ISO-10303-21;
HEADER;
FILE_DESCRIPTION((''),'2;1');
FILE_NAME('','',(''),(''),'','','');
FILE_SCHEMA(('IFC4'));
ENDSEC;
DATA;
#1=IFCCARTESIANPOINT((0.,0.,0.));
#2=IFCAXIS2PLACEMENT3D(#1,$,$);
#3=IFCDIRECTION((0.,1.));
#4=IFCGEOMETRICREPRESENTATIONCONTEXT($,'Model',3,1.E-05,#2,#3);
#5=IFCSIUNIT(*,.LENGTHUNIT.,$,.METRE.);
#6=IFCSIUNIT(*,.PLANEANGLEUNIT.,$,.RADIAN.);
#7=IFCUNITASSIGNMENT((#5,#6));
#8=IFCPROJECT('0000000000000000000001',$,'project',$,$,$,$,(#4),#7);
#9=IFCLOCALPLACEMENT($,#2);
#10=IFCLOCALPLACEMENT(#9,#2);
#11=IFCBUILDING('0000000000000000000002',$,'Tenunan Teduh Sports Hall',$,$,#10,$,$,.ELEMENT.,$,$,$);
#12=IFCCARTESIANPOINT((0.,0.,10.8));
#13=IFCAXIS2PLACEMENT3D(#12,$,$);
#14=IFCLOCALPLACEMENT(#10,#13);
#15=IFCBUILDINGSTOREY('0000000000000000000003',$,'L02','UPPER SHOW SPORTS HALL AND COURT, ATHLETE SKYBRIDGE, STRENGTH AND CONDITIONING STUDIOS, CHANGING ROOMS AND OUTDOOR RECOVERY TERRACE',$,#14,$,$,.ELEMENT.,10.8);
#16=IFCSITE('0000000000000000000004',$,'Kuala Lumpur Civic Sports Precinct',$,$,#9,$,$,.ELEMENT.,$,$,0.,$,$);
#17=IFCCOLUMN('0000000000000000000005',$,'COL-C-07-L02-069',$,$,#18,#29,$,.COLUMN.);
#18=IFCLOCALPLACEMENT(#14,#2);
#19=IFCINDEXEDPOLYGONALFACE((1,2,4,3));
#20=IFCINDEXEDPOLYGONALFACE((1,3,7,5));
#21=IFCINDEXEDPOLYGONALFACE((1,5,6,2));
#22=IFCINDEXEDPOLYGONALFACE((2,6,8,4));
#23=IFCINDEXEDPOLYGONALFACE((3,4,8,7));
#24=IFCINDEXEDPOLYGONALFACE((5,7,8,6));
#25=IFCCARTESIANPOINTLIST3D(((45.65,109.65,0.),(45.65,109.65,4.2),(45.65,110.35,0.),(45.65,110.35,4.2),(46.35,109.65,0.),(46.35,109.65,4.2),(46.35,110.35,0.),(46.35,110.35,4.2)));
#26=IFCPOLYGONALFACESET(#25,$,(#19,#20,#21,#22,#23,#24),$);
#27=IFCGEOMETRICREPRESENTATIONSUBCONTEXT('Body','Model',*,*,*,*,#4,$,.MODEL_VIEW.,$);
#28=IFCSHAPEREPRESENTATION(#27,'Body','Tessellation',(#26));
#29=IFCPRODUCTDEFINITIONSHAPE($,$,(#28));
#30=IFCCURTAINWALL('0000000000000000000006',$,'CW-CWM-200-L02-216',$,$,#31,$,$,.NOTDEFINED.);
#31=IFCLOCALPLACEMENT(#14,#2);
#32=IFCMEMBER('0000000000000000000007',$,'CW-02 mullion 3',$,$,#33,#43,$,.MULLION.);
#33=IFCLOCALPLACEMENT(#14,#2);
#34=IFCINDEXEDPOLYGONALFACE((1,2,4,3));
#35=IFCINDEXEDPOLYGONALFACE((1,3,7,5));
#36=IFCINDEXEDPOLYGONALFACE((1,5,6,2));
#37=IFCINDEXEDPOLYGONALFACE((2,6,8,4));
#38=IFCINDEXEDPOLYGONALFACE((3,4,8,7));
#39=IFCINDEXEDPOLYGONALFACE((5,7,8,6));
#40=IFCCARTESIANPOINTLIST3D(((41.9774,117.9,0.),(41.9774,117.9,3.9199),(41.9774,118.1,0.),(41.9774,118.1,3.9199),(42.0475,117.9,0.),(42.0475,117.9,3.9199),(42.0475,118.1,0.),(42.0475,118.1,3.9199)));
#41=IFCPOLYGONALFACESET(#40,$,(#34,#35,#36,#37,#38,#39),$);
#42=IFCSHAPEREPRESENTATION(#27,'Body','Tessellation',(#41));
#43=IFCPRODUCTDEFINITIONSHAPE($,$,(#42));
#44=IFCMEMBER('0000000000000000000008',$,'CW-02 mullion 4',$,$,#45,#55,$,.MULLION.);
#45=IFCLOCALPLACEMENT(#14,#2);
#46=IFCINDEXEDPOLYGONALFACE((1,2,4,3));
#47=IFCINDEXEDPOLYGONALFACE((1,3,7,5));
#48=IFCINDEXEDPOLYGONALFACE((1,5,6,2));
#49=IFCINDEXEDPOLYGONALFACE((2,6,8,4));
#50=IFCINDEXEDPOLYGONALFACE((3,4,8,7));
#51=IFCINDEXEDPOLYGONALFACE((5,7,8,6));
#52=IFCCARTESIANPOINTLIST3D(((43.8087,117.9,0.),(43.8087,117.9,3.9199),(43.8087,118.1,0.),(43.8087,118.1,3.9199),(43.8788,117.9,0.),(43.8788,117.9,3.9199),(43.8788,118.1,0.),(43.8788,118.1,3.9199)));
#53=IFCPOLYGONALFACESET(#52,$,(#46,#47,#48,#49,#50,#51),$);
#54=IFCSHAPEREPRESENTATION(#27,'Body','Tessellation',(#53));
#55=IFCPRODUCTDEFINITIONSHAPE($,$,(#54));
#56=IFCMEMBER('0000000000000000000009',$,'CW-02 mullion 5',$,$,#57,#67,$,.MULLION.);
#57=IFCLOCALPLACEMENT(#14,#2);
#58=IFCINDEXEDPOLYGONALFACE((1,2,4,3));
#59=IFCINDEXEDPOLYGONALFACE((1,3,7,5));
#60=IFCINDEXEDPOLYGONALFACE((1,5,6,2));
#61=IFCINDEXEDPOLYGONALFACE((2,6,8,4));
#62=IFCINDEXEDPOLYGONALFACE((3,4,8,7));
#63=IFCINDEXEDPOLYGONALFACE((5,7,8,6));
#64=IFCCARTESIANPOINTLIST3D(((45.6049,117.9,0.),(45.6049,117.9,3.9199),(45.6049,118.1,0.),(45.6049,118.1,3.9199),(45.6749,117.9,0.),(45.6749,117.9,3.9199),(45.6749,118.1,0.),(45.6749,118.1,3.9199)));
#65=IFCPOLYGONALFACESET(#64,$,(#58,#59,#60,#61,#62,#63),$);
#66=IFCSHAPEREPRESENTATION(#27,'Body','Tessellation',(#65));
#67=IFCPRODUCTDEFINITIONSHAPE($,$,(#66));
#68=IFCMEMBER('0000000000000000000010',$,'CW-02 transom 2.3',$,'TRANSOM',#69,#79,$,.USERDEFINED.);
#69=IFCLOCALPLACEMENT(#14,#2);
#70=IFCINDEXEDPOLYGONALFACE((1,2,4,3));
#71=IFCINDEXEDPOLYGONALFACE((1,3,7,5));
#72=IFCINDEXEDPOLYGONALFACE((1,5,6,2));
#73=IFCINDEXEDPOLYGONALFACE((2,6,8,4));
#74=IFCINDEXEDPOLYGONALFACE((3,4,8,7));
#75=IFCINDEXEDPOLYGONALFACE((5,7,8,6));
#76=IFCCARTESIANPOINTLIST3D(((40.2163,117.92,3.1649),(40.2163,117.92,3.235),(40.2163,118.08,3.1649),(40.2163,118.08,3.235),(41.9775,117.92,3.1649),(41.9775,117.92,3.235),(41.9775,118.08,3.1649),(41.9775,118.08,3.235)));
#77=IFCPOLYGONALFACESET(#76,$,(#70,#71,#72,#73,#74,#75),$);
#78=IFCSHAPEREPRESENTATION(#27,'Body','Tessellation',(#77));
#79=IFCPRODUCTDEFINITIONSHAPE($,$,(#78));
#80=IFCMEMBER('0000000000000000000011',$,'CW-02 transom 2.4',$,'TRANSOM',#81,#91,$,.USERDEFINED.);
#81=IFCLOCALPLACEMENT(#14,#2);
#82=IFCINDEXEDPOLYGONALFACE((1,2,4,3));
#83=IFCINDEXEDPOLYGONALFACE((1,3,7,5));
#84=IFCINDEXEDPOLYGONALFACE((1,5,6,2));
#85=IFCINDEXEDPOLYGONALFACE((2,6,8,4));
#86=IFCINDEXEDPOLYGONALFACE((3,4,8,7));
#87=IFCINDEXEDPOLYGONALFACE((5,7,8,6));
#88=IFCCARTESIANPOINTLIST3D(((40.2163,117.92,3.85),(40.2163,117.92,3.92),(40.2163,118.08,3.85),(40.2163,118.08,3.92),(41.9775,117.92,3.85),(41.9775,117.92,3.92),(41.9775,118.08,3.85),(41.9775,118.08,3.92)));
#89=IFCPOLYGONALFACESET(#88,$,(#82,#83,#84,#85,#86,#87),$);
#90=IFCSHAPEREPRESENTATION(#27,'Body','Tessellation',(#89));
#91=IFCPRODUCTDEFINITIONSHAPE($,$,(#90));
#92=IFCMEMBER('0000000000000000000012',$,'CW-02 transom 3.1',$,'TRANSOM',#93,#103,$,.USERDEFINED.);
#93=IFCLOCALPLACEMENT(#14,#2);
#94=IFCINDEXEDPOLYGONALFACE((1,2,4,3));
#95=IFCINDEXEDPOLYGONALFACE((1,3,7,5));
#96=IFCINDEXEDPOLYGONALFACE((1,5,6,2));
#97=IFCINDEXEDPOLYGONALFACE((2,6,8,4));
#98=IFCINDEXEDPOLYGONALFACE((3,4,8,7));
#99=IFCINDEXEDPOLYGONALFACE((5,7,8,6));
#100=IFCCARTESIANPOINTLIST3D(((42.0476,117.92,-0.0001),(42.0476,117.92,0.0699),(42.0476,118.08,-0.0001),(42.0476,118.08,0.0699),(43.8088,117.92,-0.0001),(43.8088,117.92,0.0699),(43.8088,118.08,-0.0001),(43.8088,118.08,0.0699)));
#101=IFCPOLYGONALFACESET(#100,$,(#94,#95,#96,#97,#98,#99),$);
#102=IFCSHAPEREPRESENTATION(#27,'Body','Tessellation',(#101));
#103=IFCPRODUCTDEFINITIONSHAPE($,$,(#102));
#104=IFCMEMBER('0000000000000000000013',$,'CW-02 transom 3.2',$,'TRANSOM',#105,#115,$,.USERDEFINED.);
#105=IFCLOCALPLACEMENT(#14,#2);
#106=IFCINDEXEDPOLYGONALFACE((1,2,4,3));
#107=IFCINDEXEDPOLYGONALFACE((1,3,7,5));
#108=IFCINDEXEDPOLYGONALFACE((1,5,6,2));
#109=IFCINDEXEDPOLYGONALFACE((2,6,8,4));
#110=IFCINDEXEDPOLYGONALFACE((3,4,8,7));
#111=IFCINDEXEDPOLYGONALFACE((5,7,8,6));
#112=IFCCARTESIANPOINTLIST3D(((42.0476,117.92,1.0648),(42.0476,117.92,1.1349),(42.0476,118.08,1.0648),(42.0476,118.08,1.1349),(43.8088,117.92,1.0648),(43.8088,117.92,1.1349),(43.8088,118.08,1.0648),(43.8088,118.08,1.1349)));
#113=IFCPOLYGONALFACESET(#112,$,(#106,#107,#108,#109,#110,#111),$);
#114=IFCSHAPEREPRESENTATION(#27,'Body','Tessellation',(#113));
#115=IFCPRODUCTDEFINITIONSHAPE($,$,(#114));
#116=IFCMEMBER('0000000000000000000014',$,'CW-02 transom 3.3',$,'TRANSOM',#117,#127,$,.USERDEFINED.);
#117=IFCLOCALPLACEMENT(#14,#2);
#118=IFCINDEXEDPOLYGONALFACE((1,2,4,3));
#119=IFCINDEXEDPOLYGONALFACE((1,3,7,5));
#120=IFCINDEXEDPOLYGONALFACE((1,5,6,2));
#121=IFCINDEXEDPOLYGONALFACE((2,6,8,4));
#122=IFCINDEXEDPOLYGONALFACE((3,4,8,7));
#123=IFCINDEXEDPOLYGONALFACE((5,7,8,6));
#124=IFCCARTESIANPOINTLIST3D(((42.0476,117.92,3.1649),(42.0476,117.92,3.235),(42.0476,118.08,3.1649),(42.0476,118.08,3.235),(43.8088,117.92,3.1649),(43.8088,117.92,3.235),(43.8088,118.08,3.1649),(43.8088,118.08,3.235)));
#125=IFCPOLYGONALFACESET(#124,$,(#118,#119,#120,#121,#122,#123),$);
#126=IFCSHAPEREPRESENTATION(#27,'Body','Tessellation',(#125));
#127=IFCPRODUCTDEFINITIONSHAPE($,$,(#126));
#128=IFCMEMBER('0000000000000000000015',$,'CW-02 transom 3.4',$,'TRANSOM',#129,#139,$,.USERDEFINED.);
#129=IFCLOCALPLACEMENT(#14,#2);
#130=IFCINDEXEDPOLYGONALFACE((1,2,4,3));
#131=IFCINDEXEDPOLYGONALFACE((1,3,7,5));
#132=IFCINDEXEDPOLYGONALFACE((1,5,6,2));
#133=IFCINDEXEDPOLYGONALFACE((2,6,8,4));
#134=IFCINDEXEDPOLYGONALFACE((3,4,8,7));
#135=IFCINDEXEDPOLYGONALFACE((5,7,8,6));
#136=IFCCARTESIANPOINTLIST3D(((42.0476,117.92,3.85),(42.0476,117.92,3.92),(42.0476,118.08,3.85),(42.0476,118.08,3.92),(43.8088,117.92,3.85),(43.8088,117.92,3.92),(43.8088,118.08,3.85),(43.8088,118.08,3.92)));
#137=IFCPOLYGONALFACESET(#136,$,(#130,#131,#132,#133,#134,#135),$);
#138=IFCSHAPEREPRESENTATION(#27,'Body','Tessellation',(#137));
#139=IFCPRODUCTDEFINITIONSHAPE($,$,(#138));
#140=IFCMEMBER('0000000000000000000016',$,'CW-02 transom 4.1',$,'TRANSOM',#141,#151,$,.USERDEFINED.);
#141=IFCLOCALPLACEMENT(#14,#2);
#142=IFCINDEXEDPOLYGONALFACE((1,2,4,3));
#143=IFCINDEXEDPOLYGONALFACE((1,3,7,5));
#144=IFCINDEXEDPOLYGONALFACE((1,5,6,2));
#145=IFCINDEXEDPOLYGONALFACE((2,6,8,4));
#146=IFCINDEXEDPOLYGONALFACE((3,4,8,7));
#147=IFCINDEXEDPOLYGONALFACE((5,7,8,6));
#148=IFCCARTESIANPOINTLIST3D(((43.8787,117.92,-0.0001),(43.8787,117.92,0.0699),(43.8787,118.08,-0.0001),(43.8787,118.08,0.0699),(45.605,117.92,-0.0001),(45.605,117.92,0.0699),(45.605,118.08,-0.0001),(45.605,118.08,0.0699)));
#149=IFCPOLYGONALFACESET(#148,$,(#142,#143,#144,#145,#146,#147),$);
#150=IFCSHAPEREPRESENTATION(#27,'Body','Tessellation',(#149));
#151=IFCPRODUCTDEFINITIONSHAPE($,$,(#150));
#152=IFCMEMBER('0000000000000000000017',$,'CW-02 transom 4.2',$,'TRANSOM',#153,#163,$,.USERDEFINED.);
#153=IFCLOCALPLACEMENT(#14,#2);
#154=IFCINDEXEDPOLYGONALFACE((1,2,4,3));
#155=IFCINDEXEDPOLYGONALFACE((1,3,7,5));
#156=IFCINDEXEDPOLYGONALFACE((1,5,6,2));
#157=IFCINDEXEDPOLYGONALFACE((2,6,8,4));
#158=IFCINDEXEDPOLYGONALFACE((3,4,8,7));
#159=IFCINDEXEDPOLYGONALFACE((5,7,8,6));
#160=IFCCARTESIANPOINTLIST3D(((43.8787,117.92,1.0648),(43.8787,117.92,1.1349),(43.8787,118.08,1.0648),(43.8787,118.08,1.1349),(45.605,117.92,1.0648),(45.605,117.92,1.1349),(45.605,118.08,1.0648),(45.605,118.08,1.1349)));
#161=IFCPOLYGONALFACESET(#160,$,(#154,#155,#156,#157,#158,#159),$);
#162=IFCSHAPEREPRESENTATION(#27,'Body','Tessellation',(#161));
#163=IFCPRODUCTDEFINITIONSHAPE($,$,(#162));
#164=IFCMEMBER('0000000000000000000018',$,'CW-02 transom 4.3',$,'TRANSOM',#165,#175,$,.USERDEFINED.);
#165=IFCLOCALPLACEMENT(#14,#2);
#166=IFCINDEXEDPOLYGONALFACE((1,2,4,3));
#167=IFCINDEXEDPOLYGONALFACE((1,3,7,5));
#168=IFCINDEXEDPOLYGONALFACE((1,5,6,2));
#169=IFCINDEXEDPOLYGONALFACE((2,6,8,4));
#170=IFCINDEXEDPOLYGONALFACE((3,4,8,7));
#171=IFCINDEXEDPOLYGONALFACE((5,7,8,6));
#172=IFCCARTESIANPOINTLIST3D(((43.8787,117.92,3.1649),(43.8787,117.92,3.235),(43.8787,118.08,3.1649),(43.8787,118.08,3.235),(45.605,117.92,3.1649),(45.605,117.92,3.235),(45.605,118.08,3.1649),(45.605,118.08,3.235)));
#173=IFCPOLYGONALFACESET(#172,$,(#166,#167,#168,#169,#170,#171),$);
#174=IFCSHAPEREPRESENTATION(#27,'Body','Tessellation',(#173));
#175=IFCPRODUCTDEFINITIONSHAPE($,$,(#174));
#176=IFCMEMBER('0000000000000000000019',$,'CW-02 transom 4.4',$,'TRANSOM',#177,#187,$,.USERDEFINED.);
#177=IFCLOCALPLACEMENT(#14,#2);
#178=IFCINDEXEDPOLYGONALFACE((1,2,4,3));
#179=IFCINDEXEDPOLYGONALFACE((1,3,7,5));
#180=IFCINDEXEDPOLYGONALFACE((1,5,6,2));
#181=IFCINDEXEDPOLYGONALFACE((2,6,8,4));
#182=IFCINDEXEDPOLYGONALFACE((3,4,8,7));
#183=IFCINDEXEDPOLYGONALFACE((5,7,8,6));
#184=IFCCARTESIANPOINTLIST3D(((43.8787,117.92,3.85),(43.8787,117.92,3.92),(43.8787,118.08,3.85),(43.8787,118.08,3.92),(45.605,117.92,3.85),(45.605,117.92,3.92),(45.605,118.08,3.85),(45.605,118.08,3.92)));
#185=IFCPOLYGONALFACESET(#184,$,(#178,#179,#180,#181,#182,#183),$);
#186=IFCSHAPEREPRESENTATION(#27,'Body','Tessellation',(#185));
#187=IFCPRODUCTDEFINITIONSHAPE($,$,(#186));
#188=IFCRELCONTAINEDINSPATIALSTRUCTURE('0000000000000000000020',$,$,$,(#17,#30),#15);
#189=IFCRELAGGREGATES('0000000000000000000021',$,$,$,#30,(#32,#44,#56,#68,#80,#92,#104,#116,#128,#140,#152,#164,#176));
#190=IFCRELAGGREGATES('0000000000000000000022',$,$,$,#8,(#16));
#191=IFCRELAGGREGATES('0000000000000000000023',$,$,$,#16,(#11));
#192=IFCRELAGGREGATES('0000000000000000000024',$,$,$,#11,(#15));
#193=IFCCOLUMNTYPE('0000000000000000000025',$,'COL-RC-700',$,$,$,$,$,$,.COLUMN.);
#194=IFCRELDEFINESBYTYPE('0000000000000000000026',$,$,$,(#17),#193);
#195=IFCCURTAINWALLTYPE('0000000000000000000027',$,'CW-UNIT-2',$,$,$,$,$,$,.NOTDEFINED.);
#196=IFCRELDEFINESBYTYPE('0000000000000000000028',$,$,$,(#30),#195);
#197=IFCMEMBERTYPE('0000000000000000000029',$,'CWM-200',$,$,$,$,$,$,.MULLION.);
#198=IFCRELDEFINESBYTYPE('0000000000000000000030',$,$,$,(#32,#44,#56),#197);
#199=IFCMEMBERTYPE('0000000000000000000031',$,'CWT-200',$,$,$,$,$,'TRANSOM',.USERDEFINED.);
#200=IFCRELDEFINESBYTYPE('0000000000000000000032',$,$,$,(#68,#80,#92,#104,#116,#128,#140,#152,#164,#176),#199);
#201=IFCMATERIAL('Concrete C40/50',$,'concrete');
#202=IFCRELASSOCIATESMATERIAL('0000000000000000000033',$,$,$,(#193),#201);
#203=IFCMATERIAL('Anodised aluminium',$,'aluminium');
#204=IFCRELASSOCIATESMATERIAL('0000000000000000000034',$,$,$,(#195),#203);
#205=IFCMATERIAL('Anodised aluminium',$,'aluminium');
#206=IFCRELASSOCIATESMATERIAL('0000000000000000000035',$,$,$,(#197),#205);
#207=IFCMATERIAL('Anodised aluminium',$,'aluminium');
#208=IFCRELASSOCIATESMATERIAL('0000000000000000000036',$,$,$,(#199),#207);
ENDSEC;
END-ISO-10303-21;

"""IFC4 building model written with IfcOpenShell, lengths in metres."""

from ifc_helpers import new_model, si_unit, direction, frame, origin, origin_2d, place, context, subcontext, project, spatial, rectangle, extrude, material, material_profile, profile_set, type_object, element, aggregate, save


model = new_model("IFC4")

# Units and contexts
model_context = context("Model", 3, precision=1e-05, world=origin(), true_north=direction((0.0, 1.0)))
body_context = subcontext(model_context, "Body", "Model", "MODEL_VIEW")
ifc_project = project(units=[si_unit("LENGTHUNIT", "METRE"), si_unit("PLANEANGLEUNIT", "RADIAN")], contexts=[model_context])

# Site, building, storey
site_placement = place(None, origin())
site = spatial("IfcSite", under=ifc_project, at=site_placement, Name="Kuala Lumpur Civic Sports Precinct", CompositionType="ELEMENT", RefElevation=0.0)
building_placement = place(site_placement, origin())
building = spatial("IfcBuilding", under=site, at=building_placement, Name="Tenunan Teduh Sports Hall", CompositionType="ELEMENT")
storey_placement = place(building_placement, frame((0.0, 0.0, 10.8)))
storey = spatial("IfcBuildingStorey", under=building, at=storey_placement, Name="L02", Description="UPPER SHOW SPORTS HALL AND COURT, ATHLETE SKYBRIDGE, STRENGTH AND CONDITIONING STUDIOS, CHANGING ROOMS AND OUTDOOR RECOVERY TERRACE", CompositionType="ELEMENT", Elevation=10.8)

# Column
ifc_material_1 = material(Name="Concrete C40/50", Category="concrete")
ifc_material_profile_1 = material_profile(ifc_material_1, rectangle(XDim=0.7, YDim=0.7, at=origin_2d()), Name="RC 700x700")
ifc_profile_set_1 = profile_set([ifc_material_profile_1], Name="Concrete C40/50")
column_type = type_object("IfcColumnType", Name="COL-RC-700", PredefinedType="COLUMN", material=ifc_profile_set_1)
column_placement = place(storey_placement, frame((46.0, 110.0, 0.0), z_axis=(0.0, 0.0, 1.0), x_axis=(1.0, 0.0, 0.0)))
element("IfcColumn", 1, at=column_placement, inside=storey, type_object=column_type, Name="COL-C-07-L02-069", PredefinedType="COLUMN", context=body_context, shape_type="SweptSolid", body=[
    extrude(rectangle(XDim=0.7, YDim=0.7, at=origin_2d()), origin(), (0.0, 0.0, 1.0), 4.2),
])

# Curtain wall, members
ifc_material_2 = material(Name="Anodised aluminium", Category="aluminium")
curtain_wall_type = type_object("IfcCurtainWallType", Name="CW-UNIT-2", PredefinedType="NOTDEFINED", material=ifc_material_2)
curtain_wall_placement = place(storey_placement, origin())
curtain_wall = element("IfcCurtainWall", 2, at=curtain_wall_placement, inside=storey, type_object=curtain_wall_type, Name="CW-CWM-200-L02-216", PredefinedType="NOTDEFINED")
ifc_material_3 = material(Name="Anodised aluminium", Category="aluminium")
ifc_material_profile_2 = material_profile(ifc_material_3, rectangle(XDim=0.0701, YDim=0.2, at=origin_2d()), Name="CWM 70x200")
ifc_profile_set_2 = profile_set([ifc_material_profile_2], Name="Anodised aluminium")
member_type_1 = type_object("IfcMemberType", Name="CWM-200", PredefinedType="MULLION", material=ifc_profile_set_2)
member_1_placement = place(storey_placement, frame((42.0125, 118.0, 0.0), z_axis=(0.0, 0.0, 1.0), x_axis=(1.0, 0.0, 0.0)))
member_1 = element("IfcMember", 3, at=member_1_placement, type_object=member_type_1, Name="CW-02 mullion 3", PredefinedType="MULLION", context=body_context, shape_type="SweptSolid", body=[
    extrude(rectangle(XDim=0.0701, YDim=0.2, at=origin_2d()), origin(), (0.0, 0.0, 1.0), 3.9199),
])
member_2_placement = place(storey_placement, frame((43.8438, 118.0, 0.0), z_axis=(0.0, 0.0, 1.0), x_axis=(1.0, 0.0, 0.0)))
member_2 = element("IfcMember", 4, at=member_2_placement, type_object=member_type_1, Name="CW-02 mullion 4", PredefinedType="MULLION", context=body_context, shape_type="SweptSolid", body=[
    extrude(rectangle(XDim=0.0701, YDim=0.2, at=origin_2d()), origin(), (0.0, 0.0, 1.0), 3.9199),
])
member_3_placement = place(storey_placement, frame((45.6399, 118.0, 0.0), z_axis=(0.0, 0.0, 1.0), x_axis=(1.0, 0.0, 0.0)))
member_3 = element("IfcMember", 5, at=member_3_placement, type_object=member_type_1, Name="CW-02 mullion 5", PredefinedType="MULLION", context=body_context, shape_type="SweptSolid", body=[
    extrude(rectangle(XDim=0.0701, YDim=0.2, at=origin_2d()), origin(), (0.0, 0.0, 1.0), 3.9199),
])
ifc_material_4 = material(Name="Anodised aluminium", Category="aluminium")
ifc_material_profile_3 = material_profile(ifc_material_4, rectangle(XDim=0.0701, YDim=0.1599, at=origin_2d()), Name="CWT 70x160")
ifc_profile_set_3 = profile_set([ifc_material_profile_3], Name="Anodised aluminium")
member_type_2 = type_object("IfcMemberType", Name="CWT-200", ElementType="TRANSOM", PredefinedType="USERDEFINED", material=ifc_profile_set_3)
member_4_placement = place(storey_placement, frame((40.2163, 118.0, 3.2), z_axis=(1.0, 0.0, 0.0), x_axis=(0.0, 0.0, 1.0)))
member_4 = element("IfcMember", 6, at=member_4_placement, type_object=member_type_2, Name="CW-02 transom 2.3", ObjectType="TRANSOM", PredefinedType="USERDEFINED", context=body_context, shape_type="SweptSolid", body=[
    extrude(rectangle(XDim=0.0701, YDim=0.1599, at=origin_2d()), origin(), (0.0, 0.0, 1.0), 1.7612),
])
member_5_placement = place(storey_placement, frame((40.2163, 118.0, 3.885), z_axis=(1.0, 0.0, 0.0), x_axis=(0.0, 0.0, 1.0)))
member_5 = element("IfcMember", 7, at=member_5_placement, type_object=member_type_2, Name="CW-02 transom 2.4", ObjectType="TRANSOM", PredefinedType="USERDEFINED", context=body_context, shape_type="SweptSolid", body=[
    extrude(rectangle(XDim=0.0701, YDim=0.1599, at=origin_2d()), origin(), (0.0, 0.0, 1.0), 1.7612),
])
member_6_placement = place(storey_placement, frame((42.0476, 118.0, 0.0349), z_axis=(1.0, 0.0, 0.0), x_axis=(0.0, 0.0, 1.0)))
member_6 = element("IfcMember", 8, at=member_6_placement, type_object=member_type_2, Name="CW-02 transom 3.1", ObjectType="TRANSOM", PredefinedType="USERDEFINED", context=body_context, shape_type="SweptSolid", body=[
    extrude(rectangle(XDim=0.0701, YDim=0.1599, at=origin_2d()), origin(), (0.0, 0.0, 1.0), 1.7612),
])
member_7_placement = place(storey_placement, frame((42.0476, 118.0, 1.0999), z_axis=(1.0, 0.0, 0.0), x_axis=(0.0, 0.0, 1.0)))
member_7 = element("IfcMember", 9, at=member_7_placement, type_object=member_type_2, Name="CW-02 transom 3.2", ObjectType="TRANSOM", PredefinedType="USERDEFINED", context=body_context, shape_type="SweptSolid", body=[
    extrude(rectangle(XDim=0.0701, YDim=0.1599, at=origin_2d()), origin(), (0.0, 0.0, 1.0), 1.7612),
])
member_8_placement = place(storey_placement, frame((42.0476, 118.0, 3.2), z_axis=(1.0, 0.0, 0.0), x_axis=(0.0, 0.0, 1.0)))
member_8 = element("IfcMember", 10, at=member_8_placement, type_object=member_type_2, Name="CW-02 transom 3.3", ObjectType="TRANSOM", PredefinedType="USERDEFINED", context=body_context, shape_type="SweptSolid", body=[
    extrude(rectangle(XDim=0.0701, YDim=0.1599, at=origin_2d()), origin(), (0.0, 0.0, 1.0), 1.7612),
])
member_9_placement = place(storey_placement, frame((42.0476, 118.0, 3.885), z_axis=(1.0, 0.0, 0.0), x_axis=(0.0, 0.0, 1.0)))
member_9 = element("IfcMember", 11, at=member_9_placement, type_object=member_type_2, Name="CW-02 transom 3.4", ObjectType="TRANSOM", PredefinedType="USERDEFINED", context=body_context, shape_type="SweptSolid", body=[
    extrude(rectangle(XDim=0.0701, YDim=0.1599, at=origin_2d()), origin(), (0.0, 0.0, 1.0), 1.7612),
])
member_10_placement = place(storey_placement, frame((43.8787, 118.0, 0.0349), z_axis=(1.0, 0.0, 0.0), x_axis=(0.0, 0.0, 1.0)))
member_10 = element("IfcMember", 12, at=member_10_placement, type_object=member_type_2, Name="CW-02 transom 4.1", ObjectType="TRANSOM", PredefinedType="USERDEFINED", context=body_context, shape_type="SweptSolid", body=[
    extrude(rectangle(XDim=0.0701, YDim=0.1599, at=origin_2d()), origin(), (0.0, 0.0, 1.0), 1.7263),
])
member_11_placement = place(storey_placement, frame((43.8787, 118.0, 1.0999), z_axis=(1.0, 0.0, 0.0), x_axis=(0.0, 0.0, 1.0)))
member_11 = element("IfcMember", 13, at=member_11_placement, type_object=member_type_2, Name="CW-02 transom 4.2", ObjectType="TRANSOM", PredefinedType="USERDEFINED", context=body_context, shape_type="SweptSolid", body=[
    extrude(rectangle(XDim=0.0701, YDim=0.1599, at=origin_2d()), origin(), (0.0, 0.0, 1.0), 1.7263),
])
member_12_placement = place(storey_placement, frame((43.8787, 118.0, 3.2), z_axis=(1.0, 0.0, 0.0), x_axis=(0.0, 0.0, 1.0)))
member_12 = element("IfcMember", 14, at=member_12_placement, type_object=member_type_2, Name="CW-02 transom 4.3", ObjectType="TRANSOM", PredefinedType="USERDEFINED", context=body_context, shape_type="SweptSolid", body=[
    extrude(rectangle(XDim=0.0701, YDim=0.1599, at=origin_2d()), origin(), (0.0, 0.0, 1.0), 1.7263),
])
member_13_placement = place(storey_placement, frame((43.8787, 118.0, 3.885), z_axis=(1.0, 0.0, 0.0), x_axis=(0.0, 0.0, 1.0)))
member_13 = element("IfcMember", 15, at=member_13_placement, type_object=member_type_2, Name="CW-02 transom 4.4", ObjectType="TRANSOM", PredefinedType="USERDEFINED", context=body_context, shape_type="SweptSolid", body=[
    extrude(rectangle(XDim=0.0701, YDim=0.1599, at=origin_2d()), origin(), (0.0, 0.0, 1.0), 1.7263),
])
aggregate(curtain_wall, [member_1, member_2, member_3, member_4, member_5, member_6, member_7, member_8, member_9, member_10, member_11, member_12, member_13])

save(model, "model.ifc")
